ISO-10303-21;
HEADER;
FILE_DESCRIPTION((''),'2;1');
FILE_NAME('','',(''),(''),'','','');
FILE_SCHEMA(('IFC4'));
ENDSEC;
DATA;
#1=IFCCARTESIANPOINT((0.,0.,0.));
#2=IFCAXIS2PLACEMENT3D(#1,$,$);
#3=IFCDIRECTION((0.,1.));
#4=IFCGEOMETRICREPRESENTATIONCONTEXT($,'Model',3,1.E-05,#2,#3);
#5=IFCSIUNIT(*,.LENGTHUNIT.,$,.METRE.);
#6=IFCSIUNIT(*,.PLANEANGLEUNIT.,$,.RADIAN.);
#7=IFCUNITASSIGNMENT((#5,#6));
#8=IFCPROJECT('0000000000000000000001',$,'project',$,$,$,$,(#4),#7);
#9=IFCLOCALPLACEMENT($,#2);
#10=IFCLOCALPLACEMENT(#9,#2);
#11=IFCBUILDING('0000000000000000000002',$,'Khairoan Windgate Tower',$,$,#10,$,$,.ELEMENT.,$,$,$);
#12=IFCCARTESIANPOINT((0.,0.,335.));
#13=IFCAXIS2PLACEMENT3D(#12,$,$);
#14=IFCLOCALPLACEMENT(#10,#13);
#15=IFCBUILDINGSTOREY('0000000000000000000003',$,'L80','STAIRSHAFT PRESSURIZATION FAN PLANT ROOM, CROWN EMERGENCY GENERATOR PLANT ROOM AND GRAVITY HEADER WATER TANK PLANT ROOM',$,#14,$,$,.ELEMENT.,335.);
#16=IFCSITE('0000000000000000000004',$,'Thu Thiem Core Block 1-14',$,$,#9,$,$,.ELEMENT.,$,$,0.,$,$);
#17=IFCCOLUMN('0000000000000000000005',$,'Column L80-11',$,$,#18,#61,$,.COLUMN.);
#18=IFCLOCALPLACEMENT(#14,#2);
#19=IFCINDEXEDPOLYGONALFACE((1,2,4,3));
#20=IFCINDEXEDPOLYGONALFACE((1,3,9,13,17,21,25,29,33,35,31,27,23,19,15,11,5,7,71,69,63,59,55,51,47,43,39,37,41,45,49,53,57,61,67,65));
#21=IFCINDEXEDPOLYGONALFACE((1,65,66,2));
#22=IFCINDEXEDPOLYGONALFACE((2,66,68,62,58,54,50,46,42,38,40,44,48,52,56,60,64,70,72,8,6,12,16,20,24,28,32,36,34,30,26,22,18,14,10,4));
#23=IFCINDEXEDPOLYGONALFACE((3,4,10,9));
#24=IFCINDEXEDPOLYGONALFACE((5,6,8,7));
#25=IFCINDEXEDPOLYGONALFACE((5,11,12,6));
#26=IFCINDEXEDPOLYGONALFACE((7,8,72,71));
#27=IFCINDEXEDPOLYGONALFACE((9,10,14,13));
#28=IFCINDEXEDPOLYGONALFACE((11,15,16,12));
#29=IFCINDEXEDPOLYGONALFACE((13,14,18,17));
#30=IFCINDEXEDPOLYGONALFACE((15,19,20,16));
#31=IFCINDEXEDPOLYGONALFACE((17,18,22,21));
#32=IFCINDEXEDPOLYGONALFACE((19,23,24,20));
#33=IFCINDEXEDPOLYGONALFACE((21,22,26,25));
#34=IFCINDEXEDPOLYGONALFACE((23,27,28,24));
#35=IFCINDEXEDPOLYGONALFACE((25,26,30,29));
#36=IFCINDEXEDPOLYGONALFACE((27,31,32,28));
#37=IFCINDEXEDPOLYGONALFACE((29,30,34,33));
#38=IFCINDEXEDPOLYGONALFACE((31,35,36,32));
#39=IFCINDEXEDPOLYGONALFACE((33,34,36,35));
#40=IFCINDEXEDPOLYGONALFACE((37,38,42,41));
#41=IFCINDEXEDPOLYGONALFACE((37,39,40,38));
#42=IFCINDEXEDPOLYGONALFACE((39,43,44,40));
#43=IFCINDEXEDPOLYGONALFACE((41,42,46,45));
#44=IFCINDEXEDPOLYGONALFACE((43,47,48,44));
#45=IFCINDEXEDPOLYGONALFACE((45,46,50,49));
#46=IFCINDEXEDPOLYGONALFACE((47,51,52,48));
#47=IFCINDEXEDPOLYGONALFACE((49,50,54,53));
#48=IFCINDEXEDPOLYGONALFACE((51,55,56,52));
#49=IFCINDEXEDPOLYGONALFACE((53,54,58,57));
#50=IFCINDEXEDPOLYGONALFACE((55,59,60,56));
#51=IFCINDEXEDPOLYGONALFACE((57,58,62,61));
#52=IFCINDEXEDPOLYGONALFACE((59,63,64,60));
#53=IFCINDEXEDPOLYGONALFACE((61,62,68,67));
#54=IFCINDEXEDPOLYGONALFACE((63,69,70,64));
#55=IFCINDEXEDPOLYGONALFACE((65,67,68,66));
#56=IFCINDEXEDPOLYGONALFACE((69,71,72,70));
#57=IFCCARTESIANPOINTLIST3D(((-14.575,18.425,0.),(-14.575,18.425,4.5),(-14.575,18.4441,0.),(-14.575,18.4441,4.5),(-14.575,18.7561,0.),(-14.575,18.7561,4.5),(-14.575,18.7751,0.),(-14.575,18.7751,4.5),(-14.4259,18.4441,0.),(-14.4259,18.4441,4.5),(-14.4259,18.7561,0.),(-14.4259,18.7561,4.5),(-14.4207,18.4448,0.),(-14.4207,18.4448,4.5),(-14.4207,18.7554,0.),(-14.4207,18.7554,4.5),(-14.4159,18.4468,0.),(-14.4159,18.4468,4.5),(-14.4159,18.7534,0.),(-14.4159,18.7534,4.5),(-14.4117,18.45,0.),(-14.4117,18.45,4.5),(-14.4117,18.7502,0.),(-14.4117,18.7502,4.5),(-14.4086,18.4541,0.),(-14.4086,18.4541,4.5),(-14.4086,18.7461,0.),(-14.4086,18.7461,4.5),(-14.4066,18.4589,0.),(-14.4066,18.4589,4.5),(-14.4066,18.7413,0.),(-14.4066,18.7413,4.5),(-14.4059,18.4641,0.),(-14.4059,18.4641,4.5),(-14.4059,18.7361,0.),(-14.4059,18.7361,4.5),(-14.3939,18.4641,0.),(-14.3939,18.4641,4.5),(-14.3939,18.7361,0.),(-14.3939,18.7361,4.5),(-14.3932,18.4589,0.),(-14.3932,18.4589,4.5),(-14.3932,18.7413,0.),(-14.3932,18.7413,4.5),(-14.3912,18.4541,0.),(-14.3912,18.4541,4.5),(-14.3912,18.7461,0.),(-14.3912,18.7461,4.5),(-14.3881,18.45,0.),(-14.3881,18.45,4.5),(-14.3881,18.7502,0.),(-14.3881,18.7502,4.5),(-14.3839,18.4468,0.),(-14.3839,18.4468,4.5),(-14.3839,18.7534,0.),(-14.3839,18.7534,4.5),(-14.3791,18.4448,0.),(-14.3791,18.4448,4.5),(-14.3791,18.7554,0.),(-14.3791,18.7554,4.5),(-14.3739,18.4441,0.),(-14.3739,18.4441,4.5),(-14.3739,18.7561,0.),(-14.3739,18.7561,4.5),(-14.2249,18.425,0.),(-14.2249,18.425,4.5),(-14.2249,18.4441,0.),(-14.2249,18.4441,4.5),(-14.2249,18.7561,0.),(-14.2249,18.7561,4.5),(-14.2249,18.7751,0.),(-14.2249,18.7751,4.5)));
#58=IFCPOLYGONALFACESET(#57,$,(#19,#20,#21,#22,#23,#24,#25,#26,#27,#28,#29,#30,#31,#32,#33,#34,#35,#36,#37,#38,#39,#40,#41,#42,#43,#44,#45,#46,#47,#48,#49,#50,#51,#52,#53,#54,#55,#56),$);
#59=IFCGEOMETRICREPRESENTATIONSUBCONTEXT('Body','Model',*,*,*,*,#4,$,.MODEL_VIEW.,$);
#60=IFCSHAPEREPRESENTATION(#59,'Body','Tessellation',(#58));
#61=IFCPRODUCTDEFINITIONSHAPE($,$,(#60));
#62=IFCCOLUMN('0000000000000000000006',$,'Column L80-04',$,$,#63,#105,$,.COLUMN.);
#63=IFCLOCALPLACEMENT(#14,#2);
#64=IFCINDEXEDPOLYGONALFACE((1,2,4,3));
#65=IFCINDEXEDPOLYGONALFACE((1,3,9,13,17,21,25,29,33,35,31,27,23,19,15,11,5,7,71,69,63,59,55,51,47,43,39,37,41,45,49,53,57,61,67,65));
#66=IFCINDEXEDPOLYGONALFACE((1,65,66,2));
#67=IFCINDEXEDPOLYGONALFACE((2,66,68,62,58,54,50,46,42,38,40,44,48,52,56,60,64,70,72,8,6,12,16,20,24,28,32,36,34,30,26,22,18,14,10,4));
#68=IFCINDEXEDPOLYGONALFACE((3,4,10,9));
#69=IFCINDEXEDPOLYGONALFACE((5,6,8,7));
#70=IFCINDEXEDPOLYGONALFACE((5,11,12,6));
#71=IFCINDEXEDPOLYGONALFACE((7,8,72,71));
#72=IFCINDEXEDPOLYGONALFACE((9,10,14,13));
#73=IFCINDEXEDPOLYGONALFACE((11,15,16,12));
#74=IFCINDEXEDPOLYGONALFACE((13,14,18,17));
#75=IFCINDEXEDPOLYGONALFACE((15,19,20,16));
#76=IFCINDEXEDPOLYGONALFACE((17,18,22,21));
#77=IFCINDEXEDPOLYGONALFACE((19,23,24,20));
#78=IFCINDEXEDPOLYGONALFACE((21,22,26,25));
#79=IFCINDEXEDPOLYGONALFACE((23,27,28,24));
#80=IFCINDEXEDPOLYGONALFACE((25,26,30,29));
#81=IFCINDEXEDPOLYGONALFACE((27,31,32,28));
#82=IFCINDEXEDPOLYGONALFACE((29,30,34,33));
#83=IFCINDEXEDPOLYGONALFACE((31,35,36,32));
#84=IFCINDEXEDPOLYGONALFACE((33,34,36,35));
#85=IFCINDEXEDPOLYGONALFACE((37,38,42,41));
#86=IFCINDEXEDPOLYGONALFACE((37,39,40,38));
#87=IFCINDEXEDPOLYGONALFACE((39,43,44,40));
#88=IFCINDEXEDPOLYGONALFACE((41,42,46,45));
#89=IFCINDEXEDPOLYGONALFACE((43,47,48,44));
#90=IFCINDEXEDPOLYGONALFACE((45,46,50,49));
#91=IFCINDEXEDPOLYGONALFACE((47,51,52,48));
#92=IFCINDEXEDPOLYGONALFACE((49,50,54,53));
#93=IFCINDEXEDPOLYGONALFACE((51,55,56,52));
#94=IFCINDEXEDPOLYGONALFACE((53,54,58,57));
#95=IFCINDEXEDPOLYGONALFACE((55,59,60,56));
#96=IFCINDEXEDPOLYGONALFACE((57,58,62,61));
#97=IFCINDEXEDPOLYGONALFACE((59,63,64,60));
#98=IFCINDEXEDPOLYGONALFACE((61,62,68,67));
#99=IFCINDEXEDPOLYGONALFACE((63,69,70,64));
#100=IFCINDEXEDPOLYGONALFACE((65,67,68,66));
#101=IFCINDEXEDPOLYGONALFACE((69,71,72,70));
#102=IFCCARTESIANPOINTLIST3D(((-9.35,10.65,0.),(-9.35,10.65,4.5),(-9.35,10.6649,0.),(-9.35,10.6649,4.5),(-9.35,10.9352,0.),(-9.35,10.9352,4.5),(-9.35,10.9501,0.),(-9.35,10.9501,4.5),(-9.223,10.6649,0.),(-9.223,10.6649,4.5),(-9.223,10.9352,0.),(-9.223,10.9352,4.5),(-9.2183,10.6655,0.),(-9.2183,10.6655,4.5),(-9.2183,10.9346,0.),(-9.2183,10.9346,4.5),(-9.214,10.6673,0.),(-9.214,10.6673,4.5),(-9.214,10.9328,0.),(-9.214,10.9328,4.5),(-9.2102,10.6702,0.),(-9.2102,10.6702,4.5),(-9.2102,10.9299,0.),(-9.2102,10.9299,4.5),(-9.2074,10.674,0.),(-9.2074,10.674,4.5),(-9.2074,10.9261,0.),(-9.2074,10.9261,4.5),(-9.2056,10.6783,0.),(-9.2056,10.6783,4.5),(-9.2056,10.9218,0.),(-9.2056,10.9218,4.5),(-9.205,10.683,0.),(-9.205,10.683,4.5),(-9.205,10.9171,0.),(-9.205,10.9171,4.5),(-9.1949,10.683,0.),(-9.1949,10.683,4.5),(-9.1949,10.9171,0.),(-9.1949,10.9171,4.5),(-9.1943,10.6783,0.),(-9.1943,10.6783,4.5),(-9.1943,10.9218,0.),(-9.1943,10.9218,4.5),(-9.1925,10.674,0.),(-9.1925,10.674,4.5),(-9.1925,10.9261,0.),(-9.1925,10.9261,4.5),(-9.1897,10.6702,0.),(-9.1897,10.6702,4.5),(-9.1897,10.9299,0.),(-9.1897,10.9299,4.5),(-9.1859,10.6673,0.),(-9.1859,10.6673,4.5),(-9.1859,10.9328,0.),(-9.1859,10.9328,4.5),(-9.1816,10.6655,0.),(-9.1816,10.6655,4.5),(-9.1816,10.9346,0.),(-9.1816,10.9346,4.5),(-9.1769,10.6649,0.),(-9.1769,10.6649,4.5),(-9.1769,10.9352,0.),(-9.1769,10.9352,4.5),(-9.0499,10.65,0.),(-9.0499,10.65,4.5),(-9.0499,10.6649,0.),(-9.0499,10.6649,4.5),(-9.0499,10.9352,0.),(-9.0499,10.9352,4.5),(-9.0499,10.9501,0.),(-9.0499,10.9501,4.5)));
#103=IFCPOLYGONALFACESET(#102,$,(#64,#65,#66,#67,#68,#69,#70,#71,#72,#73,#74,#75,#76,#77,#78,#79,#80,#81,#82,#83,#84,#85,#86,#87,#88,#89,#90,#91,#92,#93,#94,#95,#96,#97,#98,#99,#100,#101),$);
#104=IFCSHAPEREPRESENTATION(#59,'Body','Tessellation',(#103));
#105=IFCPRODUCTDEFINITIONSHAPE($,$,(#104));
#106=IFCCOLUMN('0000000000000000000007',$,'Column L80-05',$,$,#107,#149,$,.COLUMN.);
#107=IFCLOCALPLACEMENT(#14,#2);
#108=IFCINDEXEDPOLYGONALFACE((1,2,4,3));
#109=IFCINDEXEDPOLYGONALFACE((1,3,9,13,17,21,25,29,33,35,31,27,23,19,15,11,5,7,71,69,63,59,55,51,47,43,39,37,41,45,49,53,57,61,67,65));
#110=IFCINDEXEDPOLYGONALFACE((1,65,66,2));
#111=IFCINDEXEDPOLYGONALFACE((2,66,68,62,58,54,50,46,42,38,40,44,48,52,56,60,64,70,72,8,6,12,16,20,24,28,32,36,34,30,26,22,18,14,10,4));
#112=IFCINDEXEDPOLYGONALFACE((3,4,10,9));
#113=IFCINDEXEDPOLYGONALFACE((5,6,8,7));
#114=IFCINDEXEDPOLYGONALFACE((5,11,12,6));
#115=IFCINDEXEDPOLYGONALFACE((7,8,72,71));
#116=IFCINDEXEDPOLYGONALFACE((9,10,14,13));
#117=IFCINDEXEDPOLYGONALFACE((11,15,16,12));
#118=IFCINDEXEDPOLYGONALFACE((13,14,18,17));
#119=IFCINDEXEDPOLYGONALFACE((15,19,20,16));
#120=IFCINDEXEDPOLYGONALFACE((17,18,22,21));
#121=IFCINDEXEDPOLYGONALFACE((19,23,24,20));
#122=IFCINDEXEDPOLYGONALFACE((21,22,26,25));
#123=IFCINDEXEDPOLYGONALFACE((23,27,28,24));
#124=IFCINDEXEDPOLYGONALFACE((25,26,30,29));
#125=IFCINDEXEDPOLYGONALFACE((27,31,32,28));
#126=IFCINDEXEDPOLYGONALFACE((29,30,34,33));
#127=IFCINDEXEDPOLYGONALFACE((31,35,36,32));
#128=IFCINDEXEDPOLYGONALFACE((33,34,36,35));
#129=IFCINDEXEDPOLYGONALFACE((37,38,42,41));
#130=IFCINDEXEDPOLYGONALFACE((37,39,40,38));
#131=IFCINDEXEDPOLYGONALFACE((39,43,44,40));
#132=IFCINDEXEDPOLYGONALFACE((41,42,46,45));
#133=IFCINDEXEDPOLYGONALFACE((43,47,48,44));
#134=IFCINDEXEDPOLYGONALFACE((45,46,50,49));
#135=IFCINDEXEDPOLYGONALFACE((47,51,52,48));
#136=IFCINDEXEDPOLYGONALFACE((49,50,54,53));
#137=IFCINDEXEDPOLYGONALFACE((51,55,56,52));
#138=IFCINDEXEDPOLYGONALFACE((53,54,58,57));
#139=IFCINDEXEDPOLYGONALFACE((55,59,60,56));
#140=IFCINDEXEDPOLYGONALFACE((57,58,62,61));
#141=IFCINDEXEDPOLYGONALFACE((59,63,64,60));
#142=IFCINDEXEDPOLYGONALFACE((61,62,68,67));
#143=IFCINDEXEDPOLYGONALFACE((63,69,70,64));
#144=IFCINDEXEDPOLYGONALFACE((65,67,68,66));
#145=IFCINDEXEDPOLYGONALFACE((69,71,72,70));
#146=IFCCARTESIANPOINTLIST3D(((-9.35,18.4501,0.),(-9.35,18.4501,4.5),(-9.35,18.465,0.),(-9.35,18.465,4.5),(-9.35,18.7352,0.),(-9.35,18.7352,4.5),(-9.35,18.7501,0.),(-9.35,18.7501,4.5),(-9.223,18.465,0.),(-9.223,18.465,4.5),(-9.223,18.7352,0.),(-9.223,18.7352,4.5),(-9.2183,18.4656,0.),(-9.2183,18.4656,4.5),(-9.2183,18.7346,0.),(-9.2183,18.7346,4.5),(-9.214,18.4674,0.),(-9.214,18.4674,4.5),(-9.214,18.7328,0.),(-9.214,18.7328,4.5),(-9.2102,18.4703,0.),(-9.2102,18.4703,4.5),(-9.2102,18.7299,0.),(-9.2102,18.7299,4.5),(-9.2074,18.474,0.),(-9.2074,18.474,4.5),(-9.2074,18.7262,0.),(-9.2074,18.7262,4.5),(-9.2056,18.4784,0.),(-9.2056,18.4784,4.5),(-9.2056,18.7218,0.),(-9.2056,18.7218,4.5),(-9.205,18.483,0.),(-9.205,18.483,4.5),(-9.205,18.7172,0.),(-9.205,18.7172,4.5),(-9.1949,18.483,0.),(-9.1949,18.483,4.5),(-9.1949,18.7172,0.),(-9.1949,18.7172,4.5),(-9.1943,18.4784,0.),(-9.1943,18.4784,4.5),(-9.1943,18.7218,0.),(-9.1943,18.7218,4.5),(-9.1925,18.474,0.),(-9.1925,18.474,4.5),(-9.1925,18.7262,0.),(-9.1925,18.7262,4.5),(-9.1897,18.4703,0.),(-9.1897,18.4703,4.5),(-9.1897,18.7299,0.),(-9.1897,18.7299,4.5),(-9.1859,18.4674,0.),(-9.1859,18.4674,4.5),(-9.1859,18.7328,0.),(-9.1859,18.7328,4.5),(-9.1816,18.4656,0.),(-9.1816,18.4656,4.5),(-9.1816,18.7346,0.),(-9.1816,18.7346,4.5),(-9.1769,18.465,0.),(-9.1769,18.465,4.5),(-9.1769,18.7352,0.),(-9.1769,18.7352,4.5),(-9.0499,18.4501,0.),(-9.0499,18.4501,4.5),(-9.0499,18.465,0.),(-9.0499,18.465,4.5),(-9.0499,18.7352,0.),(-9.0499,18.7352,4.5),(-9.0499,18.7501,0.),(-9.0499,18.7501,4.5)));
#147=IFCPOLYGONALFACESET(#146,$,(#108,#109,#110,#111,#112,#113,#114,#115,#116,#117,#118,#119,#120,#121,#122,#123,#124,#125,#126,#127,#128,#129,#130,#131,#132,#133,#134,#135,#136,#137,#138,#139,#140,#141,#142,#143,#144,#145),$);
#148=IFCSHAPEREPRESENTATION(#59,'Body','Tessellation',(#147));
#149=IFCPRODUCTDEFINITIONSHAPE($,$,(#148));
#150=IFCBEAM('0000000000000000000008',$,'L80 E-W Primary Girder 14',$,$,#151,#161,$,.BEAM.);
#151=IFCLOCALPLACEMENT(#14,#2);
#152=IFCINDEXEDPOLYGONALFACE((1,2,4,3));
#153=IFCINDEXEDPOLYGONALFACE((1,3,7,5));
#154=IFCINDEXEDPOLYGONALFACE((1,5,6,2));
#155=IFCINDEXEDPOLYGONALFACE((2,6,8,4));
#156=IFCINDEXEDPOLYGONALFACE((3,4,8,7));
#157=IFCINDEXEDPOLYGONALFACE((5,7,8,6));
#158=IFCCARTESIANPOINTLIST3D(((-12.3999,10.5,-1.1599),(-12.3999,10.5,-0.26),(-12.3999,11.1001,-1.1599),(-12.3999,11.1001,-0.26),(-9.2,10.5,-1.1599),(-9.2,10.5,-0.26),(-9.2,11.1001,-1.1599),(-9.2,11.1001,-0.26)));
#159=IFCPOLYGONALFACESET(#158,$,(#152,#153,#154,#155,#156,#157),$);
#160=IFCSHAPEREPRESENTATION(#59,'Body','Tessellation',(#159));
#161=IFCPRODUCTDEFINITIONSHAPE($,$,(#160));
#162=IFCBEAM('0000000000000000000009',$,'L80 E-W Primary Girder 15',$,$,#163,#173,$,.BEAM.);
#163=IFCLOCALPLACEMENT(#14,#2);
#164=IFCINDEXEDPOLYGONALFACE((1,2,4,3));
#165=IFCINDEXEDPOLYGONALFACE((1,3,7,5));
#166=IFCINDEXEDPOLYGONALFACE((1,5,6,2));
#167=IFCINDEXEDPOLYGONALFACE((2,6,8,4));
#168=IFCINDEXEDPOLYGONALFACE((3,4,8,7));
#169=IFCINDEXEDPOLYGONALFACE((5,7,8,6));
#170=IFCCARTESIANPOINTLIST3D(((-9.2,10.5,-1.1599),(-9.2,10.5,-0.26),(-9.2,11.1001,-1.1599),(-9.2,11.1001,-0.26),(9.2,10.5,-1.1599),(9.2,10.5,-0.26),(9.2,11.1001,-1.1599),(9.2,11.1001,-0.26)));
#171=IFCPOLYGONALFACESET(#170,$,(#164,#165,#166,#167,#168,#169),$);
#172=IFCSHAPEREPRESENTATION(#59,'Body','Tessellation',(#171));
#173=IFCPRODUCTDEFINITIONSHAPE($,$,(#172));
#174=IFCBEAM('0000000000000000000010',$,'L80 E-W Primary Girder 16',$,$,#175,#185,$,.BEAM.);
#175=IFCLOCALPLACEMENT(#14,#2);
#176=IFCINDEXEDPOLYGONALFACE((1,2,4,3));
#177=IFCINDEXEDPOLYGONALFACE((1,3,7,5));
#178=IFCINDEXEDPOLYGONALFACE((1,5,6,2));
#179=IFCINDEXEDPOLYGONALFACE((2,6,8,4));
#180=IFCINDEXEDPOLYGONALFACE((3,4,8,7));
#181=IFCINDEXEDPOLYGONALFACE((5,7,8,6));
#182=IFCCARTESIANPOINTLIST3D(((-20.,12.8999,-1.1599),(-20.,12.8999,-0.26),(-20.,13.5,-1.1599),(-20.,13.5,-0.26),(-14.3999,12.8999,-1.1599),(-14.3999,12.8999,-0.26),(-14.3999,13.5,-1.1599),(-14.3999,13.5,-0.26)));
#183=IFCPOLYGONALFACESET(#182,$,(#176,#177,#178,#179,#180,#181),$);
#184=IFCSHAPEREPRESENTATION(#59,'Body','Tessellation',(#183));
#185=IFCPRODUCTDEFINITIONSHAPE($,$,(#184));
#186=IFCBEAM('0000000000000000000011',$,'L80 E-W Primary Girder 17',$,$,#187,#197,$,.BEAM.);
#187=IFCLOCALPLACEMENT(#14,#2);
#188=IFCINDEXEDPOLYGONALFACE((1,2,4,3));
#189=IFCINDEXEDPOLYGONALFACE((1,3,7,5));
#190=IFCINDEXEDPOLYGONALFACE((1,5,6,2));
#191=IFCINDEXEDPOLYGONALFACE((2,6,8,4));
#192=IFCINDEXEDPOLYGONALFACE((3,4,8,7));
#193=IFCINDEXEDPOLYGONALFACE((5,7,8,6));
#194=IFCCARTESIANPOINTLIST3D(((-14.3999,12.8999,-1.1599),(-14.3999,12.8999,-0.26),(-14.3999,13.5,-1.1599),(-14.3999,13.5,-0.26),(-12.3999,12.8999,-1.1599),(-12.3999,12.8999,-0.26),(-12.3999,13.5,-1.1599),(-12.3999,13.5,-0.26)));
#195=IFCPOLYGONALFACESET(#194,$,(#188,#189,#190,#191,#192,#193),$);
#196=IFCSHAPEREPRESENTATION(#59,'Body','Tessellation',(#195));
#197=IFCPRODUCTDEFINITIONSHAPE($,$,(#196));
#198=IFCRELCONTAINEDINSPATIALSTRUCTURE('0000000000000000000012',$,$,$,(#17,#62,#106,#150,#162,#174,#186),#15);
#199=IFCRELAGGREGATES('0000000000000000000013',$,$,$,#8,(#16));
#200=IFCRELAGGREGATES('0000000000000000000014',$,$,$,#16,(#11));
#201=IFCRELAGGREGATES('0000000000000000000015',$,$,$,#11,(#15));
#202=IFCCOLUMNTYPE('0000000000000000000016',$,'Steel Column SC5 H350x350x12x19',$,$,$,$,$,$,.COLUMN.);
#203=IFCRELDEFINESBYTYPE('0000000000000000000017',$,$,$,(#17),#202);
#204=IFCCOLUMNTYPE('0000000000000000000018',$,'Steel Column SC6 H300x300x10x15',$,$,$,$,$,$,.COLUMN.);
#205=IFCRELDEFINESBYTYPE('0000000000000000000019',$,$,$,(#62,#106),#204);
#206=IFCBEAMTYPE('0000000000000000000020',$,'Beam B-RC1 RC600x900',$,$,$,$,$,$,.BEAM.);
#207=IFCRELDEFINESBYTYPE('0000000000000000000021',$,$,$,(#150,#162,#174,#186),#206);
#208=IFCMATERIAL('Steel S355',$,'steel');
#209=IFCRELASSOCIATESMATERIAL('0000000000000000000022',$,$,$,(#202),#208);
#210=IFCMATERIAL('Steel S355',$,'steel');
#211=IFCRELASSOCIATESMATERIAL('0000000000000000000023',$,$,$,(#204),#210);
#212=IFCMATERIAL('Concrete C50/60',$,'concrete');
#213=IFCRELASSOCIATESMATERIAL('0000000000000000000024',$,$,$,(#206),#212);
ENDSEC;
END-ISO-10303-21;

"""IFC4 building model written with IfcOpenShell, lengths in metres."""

from ifc_helpers import new_model, si_unit, direction, frame, origin, origin_2d, place, context, subcontext, project, spatial, rectangle, i_section, extrude, material, material_profile, profile_set, type_object, element, save


model = new_model("IFC4")

# Units and contexts
model_context = context("Model", 3, precision=1e-05, world=origin(), true_north=direction((0.0, 1.0)))
body_context = subcontext(model_context, "Body", "Model", "MODEL_VIEW")
ifc_project = project(units=[si_unit("LENGTHUNIT", "METRE"), si_unit("PLANEANGLEUNIT", "RADIAN")], contexts=[model_context])

# Site, building, storey
site_placement = place(None, origin())
site = spatial("IfcSite", under=ifc_project, at=site_placement, Name="Thu Thiem Core Block 1-14", CompositionType="ELEMENT", RefElevation=0.0)
building_placement = place(site_placement, origin())
building = spatial("IfcBuilding", under=site, at=building_placement, Name="Khairoan Windgate Tower", CompositionType="ELEMENT")
storey_placement = place(building_placement, frame((0.0, 0.0, 335.0)))
storey = spatial("IfcBuildingStorey", under=building, at=storey_placement, Name="L80", Description="STAIRSHAFT PRESSURIZATION FAN PLANT ROOM, CROWN EMERGENCY GENERATOR PLANT ROOM AND GRAVITY HEADER WATER TANK PLANT ROOM", CompositionType="ELEMENT", Elevation=335.0)

# Columns
ifc_material_1 = material(Name="Steel S355", Category="steel")
ifc_material_profile_1 = material_profile(ifc_material_1, i_section(OverallWidth=0.3501, OverallDepth=0.3501, WebThickness=0.012, FlangeThickness=0.019, FilletRadius=0.02, at=origin_2d()))
ifc_profile_set_1 = profile_set([ifc_material_profile_1], Name="Steel S355")
column_type_1 = type_object("IfcColumnType", Name="Steel Column SC5 H350x350x12x19", PredefinedType="COLUMN", material=ifc_profile_set_1)
column_placement = place(storey_placement, frame((-14.3999, 18.6001, 0.0), z_axis=(0.0, 0.0, 1.0), x_axis=(1.0, 0.0, 0.0)))
element("IfcColumn", 1, at=column_placement, inside=storey, type_object=column_type_1, Name="Column L80-11", PredefinedType="COLUMN", context=body_context, shape_type="SweptSolid", body=[
    extrude(i_section(OverallWidth=0.3501, OverallDepth=0.3501, WebThickness=0.012, FlangeThickness=0.019, FilletRadius=0.02, at=origin_2d()), origin(), (0.0, 0.0, 1.0), 4.5),
])
ifc_material_2 = material(Name="Steel S355", Category="steel")
ifc_material_profile_2 = material_profile(ifc_material_2, i_section(OverallWidth=0.3, OverallDepth=0.3, WebThickness=0.01, FlangeThickness=0.0149, FilletRadius=0.0181, at=origin_2d()))
ifc_profile_set_2 = profile_set([ifc_material_profile_2], Name="Steel S355")
column_type_2 = type_object("IfcColumnType", Name="Steel Column SC6 H300x300x10x15", PredefinedType="COLUMN", material=ifc_profile_set_2)
for number, where, z_axis, x_axis, name in (
    (2, (-9.2, 10.8, 0.0), (0.0, 0.0, 1.0), (1.0, 0.0, 0.0), "Column L80-04"),
    (3, (-9.2, 18.6001, 0.0), (0.0, 0.0, 1.0), (1.0, 0.0, 0.0), "Column L80-05"),
):
    element("IfcColumn", number, at=place(storey_placement, frame(where, z_axis=z_axis, x_axis=x_axis)), inside=storey, type_object=column_type_2, Name=name, PredefinedType="COLUMN", context=body_context, shape_type="SweptSolid", body=[
        extrude(i_section(OverallWidth=0.3, OverallDepth=0.3, WebThickness=0.01, FlangeThickness=0.0149, FilletRadius=0.0181, at=origin_2d()), origin(), (0.0, 0.0, 1.0), 4.5),
    ])

# Beams
ifc_material_3 = material(Name="Concrete C50/60", Category="concrete")
ifc_material_profile_3 = material_profile(ifc_material_3, rectangle(XDim=0.6001, YDim=0.8999, at=origin_2d()))
ifc_profile_set_3 = profile_set([ifc_material_profile_3], Name="Concrete C50/60")
beam_type = type_object("IfcBeamType", Name="Beam B-RC1 RC600x900", PredefinedType="BEAM", material=ifc_profile_set_3)
beam_1_placement = place(storey_placement, frame((-12.3999, 10.8, -0.71), z_axis=(1.0, 0.0, 0.0), x_axis=(0.0, 1.0, 0.0)))
element("IfcBeam", 4, at=beam_1_placement, inside=storey, type_object=beam_type, Name="L80 E-W Primary Girder 14", PredefinedType="BEAM", context=body_context, shape_type="SweptSolid", body=[
    extrude(rectangle(XDim=0.6001, YDim=0.8999, at=origin_2d()), origin(), (0.0, 0.0, 1.0), 3.2),
])
beam_2_placement = place(storey_placement, frame((-9.2, 10.8, -0.71), z_axis=(1.0, 0.0, 0.0), x_axis=(0.0, 1.0, 0.0)))
element("IfcBeam", 5, at=beam_2_placement, inside=storey, type_object=beam_type, Name="L80 E-W Primary Girder 15", PredefinedType="BEAM", context=body_context, shape_type="SweptSolid", body=[
    extrude(rectangle(XDim=0.6001, YDim=0.8999, at=origin_2d()), origin(), (0.0, 0.0, 1.0), 18.3999),
])
beam_3_placement = place(storey_placement, frame((-20.0, 13.2, -0.71), z_axis=(1.0, 0.0, 0.0), x_axis=(0.0, 1.0, 0.0)))
element("IfcBeam", 6, at=beam_3_placement, inside=storey, type_object=beam_type, Name="L80 E-W Primary Girder 16", PredefinedType="BEAM", context=body_context, shape_type="SweptSolid", body=[
    extrude(rectangle(XDim=0.6001, YDim=0.8999, at=origin_2d()), origin(), (0.0, 0.0, 1.0), 5.6001),
])
beam_4_placement = place(storey_placement, frame((-14.3999, 13.2, -0.71), z_axis=(1.0, 0.0, 0.0), x_axis=(0.0, 1.0, 0.0)))
element("IfcBeam", 7, at=beam_4_placement, inside=storey, type_object=beam_type, Name="L80 E-W Primary Girder 17", PredefinedType="BEAM", context=body_context, shape_type="SweptSolid", body=[
    extrude(rectangle(XDim=0.6001, YDim=0.8999, at=origin_2d()), origin(), (0.0, 0.0, 1.0), 2.0),
])

save(model, "model.ifc")
